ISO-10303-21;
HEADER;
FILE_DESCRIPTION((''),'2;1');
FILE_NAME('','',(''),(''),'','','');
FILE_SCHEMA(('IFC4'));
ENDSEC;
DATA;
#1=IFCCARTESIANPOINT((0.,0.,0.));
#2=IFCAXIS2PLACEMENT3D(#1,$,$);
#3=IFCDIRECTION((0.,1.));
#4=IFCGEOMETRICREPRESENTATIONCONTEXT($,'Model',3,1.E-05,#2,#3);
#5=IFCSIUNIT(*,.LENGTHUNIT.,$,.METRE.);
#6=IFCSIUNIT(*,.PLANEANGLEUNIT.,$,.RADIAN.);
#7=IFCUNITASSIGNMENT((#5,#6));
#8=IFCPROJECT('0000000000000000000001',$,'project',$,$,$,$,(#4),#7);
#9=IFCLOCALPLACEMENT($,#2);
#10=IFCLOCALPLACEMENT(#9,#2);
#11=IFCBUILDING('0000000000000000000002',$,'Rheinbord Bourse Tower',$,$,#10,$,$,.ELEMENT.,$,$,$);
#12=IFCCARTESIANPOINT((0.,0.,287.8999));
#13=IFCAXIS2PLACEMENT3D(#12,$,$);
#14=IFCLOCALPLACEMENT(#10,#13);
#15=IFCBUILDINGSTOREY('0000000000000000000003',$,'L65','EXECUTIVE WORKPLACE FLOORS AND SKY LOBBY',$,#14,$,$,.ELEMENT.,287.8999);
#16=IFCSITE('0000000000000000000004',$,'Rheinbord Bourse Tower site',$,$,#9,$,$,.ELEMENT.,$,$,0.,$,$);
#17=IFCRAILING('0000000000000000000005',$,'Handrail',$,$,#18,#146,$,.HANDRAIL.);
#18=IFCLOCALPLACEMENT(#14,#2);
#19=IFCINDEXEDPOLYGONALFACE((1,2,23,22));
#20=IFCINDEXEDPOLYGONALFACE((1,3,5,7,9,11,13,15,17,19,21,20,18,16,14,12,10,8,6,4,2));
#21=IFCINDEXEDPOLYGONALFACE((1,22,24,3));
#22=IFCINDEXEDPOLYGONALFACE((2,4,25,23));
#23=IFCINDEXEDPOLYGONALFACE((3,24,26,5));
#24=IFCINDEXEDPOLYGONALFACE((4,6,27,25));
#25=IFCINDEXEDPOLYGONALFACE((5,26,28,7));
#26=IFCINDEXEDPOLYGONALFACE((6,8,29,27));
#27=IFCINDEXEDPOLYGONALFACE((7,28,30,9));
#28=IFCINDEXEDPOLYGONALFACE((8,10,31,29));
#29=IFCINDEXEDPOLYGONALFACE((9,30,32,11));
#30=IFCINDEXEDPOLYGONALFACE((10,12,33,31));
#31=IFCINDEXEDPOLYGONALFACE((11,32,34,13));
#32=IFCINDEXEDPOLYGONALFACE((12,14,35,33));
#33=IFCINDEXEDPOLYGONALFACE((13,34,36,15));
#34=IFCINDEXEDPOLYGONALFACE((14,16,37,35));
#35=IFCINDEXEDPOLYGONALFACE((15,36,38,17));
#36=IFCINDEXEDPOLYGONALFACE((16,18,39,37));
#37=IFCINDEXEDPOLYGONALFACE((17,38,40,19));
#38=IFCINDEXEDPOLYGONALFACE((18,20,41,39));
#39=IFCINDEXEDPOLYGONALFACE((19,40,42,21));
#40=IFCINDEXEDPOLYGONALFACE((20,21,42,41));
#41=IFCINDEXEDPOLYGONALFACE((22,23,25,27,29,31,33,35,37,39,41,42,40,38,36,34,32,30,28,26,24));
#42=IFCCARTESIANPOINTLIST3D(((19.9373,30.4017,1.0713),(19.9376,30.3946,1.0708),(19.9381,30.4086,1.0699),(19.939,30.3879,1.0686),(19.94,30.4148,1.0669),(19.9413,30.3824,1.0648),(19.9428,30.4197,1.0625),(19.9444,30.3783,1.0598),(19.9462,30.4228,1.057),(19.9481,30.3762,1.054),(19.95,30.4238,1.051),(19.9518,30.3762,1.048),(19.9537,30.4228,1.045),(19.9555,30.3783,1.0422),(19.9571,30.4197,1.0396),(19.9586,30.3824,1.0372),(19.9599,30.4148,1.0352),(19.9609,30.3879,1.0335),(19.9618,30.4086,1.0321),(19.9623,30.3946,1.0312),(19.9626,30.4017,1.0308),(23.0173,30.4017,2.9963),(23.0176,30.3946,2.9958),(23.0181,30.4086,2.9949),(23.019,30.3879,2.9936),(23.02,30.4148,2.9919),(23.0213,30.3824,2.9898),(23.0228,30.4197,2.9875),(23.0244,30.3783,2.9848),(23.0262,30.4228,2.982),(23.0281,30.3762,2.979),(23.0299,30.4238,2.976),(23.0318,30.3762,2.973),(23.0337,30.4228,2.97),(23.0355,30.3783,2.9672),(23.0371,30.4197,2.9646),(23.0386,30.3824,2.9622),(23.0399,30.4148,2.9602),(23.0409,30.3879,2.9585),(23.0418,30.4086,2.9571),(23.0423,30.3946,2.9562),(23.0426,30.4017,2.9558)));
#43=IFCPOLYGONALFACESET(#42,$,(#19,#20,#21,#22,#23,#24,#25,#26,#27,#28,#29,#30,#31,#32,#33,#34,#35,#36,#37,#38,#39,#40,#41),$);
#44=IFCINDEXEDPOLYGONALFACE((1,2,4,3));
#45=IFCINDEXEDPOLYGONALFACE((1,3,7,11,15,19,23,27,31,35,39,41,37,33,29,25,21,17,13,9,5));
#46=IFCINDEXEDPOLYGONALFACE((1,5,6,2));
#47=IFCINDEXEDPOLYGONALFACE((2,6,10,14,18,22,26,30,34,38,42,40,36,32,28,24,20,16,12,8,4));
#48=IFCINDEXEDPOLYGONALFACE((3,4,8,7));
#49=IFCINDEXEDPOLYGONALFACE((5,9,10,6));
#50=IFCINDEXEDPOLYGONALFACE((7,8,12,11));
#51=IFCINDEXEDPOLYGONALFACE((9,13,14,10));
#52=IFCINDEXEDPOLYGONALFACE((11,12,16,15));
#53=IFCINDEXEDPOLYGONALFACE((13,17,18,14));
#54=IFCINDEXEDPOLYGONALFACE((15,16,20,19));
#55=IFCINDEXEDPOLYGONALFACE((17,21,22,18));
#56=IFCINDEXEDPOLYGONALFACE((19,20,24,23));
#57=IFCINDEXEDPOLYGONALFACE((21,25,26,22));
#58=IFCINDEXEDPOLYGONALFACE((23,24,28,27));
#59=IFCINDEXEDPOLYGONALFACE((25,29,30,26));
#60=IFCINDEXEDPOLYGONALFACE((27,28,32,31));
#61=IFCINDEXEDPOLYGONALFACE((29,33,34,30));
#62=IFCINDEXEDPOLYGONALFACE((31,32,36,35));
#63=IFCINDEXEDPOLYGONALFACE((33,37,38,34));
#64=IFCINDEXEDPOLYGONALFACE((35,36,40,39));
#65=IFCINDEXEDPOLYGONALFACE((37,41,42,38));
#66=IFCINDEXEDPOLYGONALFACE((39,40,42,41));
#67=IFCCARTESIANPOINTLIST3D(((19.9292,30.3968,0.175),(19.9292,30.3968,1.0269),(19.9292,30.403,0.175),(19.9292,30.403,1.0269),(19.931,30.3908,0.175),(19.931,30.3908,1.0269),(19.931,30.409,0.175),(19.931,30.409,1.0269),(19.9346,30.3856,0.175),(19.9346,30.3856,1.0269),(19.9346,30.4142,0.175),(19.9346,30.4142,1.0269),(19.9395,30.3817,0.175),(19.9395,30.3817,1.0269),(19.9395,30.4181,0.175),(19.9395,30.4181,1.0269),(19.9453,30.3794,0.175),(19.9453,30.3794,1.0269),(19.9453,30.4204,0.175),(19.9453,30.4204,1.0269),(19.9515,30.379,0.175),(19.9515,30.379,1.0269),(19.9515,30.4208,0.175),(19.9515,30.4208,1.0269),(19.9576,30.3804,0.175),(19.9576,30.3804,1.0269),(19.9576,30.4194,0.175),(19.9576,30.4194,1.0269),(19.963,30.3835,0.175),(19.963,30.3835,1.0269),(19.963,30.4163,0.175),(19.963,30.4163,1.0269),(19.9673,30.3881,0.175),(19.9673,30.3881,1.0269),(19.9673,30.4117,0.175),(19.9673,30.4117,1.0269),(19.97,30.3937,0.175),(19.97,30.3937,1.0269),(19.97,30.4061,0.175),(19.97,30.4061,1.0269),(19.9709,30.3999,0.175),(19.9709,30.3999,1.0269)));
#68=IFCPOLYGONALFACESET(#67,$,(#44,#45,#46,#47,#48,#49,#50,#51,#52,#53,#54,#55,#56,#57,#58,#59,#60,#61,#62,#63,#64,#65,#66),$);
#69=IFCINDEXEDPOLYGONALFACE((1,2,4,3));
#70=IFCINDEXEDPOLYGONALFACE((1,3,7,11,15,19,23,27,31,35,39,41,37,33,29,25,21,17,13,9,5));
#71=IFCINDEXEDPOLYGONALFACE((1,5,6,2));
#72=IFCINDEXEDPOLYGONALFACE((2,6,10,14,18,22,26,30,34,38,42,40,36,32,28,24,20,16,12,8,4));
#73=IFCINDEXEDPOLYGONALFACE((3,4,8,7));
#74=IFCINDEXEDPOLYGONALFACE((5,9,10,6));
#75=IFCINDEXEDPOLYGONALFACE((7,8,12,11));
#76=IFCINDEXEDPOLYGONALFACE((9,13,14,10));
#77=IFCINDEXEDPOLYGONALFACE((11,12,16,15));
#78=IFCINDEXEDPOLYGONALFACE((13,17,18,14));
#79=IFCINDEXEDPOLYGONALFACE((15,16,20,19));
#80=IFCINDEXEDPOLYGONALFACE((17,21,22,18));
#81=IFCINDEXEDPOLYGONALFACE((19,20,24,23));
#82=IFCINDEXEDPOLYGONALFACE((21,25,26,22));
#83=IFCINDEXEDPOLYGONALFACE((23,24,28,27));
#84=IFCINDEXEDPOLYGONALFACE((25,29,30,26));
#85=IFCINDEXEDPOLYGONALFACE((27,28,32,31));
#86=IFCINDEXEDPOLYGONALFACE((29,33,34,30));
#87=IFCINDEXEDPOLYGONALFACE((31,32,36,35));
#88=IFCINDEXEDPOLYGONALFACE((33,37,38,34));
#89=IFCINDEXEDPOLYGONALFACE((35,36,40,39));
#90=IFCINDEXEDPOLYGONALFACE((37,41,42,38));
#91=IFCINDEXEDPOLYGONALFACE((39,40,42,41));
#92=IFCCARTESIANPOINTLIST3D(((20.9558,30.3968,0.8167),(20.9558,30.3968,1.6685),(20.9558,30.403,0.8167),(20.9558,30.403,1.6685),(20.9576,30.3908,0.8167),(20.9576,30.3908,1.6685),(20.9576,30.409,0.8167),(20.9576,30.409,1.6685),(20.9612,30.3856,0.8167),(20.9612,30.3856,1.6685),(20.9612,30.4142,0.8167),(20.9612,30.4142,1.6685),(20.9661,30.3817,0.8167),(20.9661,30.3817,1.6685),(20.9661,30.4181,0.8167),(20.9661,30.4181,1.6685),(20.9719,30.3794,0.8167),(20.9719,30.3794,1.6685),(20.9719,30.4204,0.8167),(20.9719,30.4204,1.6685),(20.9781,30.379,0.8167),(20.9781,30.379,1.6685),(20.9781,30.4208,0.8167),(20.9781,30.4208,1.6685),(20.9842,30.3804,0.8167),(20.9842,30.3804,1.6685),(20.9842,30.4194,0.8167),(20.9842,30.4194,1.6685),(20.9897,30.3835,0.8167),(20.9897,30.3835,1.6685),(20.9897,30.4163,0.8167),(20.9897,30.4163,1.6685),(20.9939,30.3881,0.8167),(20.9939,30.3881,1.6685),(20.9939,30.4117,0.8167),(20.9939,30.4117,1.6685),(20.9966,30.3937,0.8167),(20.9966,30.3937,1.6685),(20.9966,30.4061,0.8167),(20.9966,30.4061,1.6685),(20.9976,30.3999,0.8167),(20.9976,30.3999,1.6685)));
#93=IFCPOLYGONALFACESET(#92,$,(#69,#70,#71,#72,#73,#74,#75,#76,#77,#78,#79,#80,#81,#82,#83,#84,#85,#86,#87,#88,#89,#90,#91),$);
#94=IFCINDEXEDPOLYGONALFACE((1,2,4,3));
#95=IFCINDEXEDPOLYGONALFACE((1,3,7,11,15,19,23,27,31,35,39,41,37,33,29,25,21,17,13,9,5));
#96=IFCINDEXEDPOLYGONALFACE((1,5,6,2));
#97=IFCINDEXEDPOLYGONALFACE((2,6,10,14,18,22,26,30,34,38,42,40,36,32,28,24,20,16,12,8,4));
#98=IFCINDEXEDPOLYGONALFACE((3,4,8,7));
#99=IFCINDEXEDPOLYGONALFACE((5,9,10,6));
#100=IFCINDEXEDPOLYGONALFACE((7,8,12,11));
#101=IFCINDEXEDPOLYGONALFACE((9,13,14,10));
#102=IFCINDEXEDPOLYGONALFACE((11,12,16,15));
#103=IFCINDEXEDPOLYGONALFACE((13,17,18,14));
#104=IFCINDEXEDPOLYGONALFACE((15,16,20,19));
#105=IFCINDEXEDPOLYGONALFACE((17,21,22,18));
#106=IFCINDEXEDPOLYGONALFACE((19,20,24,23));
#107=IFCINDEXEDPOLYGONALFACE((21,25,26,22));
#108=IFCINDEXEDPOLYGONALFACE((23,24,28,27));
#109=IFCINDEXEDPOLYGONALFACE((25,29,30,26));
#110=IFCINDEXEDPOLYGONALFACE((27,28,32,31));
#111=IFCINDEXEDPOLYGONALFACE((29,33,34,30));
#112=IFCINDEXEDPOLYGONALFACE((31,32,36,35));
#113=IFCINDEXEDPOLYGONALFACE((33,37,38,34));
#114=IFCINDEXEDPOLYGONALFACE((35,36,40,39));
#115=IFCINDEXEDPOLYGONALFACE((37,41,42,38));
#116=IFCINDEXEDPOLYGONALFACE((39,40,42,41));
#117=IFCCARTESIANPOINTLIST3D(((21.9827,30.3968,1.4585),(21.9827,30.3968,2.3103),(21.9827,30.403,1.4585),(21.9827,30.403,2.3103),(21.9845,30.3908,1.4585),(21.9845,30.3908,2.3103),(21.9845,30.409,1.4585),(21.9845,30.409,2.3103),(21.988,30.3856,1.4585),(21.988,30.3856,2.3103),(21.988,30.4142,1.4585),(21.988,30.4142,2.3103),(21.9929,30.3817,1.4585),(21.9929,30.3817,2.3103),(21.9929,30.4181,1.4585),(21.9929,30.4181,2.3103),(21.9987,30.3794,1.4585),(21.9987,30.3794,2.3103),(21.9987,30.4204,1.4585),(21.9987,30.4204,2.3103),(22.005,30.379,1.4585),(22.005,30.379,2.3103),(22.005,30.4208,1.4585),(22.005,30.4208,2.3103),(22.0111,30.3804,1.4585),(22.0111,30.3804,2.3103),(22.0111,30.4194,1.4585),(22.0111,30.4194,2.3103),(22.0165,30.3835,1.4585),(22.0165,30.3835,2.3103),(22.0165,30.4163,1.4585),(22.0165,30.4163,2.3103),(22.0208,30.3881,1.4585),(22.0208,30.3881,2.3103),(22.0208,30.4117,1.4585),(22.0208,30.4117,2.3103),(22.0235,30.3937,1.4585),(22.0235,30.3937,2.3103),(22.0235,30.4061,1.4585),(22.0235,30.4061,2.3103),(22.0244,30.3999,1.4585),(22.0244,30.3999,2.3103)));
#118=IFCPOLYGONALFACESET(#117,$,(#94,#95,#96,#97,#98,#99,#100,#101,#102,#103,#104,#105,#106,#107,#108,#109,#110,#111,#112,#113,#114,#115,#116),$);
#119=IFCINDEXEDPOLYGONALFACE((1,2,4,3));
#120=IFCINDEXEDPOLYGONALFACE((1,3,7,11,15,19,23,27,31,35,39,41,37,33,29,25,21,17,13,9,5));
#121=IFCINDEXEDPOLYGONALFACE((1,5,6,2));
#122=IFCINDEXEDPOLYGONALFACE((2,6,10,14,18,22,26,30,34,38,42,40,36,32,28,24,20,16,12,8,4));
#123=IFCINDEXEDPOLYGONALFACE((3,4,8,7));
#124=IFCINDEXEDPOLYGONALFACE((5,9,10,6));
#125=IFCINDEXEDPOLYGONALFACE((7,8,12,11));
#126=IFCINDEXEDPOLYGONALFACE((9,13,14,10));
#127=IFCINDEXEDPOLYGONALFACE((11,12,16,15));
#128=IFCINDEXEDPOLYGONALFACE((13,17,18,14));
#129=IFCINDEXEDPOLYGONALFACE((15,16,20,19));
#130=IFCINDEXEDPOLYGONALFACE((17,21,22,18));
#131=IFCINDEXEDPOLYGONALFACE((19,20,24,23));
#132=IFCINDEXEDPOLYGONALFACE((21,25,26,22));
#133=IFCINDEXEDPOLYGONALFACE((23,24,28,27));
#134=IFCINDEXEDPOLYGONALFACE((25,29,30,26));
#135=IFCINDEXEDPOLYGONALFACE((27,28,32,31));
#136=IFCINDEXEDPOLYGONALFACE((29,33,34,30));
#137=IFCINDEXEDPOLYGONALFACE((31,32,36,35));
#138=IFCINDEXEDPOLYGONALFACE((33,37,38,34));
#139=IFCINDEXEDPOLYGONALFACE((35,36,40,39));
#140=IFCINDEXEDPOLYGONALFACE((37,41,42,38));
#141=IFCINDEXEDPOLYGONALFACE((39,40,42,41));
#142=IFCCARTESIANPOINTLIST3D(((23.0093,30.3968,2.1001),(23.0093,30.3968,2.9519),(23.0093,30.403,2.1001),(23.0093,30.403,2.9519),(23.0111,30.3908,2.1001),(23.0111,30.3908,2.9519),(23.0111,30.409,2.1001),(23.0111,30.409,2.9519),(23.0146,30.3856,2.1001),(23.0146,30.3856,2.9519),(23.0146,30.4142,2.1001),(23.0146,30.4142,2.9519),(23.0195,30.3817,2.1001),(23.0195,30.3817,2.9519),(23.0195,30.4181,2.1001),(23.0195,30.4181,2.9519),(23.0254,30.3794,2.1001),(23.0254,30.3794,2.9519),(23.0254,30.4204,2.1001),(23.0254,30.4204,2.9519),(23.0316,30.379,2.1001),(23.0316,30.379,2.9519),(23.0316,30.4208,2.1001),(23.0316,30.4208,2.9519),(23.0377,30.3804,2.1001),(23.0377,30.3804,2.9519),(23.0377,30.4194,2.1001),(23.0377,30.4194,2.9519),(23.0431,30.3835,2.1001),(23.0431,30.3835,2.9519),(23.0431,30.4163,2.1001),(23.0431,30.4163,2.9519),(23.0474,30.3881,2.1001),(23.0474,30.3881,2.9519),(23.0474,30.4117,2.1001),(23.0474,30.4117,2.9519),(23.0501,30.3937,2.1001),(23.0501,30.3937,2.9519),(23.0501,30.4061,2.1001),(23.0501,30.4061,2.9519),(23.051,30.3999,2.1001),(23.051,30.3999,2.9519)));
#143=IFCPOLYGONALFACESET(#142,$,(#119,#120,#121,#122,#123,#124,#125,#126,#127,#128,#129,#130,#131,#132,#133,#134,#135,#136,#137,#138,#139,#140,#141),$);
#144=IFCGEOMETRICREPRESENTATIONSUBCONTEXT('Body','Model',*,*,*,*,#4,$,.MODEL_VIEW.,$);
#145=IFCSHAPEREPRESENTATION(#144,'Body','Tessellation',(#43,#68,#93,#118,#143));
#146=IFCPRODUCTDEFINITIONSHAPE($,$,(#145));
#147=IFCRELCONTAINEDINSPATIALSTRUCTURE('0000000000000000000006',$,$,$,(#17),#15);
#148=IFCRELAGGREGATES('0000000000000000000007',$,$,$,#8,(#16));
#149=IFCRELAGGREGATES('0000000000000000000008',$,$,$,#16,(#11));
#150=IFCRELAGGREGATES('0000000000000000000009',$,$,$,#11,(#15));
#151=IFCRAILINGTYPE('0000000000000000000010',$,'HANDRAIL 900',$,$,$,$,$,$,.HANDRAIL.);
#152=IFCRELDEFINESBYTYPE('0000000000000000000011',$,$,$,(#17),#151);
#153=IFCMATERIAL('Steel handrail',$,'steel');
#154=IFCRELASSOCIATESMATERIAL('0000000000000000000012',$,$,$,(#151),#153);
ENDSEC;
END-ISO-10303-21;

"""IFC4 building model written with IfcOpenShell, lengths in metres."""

from ifc_helpers import new_model, si_unit, direction, frame, origin, origin_2d, place, context, subcontext, project, spatial, circle, extrude, material, type_object, element, save


model = new_model("IFC4")

# Units and contexts
model_context = context("Model", 3, precision=1e-05, world=origin(), true_north=direction((0.0, 1.0)))
body_context = subcontext(model_context, "Body", "Model", "MODEL_VIEW")
ifc_project = project(units=[si_unit("LENGTHUNIT", "METRE"), si_unit("PLANEANGLEUNIT", "RADIAN")], contexts=[model_context])

# Site, building, storey
site_placement = place(None, origin())
site = spatial("IfcSite", under=ifc_project, at=site_placement, Name="Rheinbord Bourse Tower site", CompositionType="ELEMENT", RefElevation=0.0)
building_placement = place(site_placement, origin())
building = spatial("IfcBuilding", under=site, at=building_placement, Name="Rheinbord Bourse Tower", CompositionType="ELEMENT")
storey_placement = place(building_placement, frame((0.0, 0.0, 287.8999)))
storey = spatial("IfcBuildingStorey", under=building, at=storey_placement, Name="L65", Description="EXECUTIVE WORKPLACE FLOORS AND SKY LOBBY", CompositionType="ELEMENT", Elevation=287.8999)

# Railing
ifc_material_1 = material(Name="Steel handrail", Category="steel")
railing_type = type_object("IfcRailingType", Name="HANDRAIL 900", PredefinedType="HANDRAIL", material=ifc_material_1)
railing_1_placement = place(storey_placement, frame((19.95, 30.3999, 0.175)))
element("IfcRailing", 1, at=railing_1_placement, inside=storey, type_object=railing_type, Name="Handrail", PredefinedType="HANDRAIL", context=body_context, shape_type="SweptSolid", body=[
    extrude(circle(Radius=0.0239, at=origin_2d()), frame((0.0, 0.0, 0.876), z_axis=(0.847998, 0.0, 0.529999), x_axis=(0.0, 1.0, 0.0)), (0.0, 0.0, 1.0), 3.6321),
    extrude(circle(Radius=0.021, at=origin_2d()), origin(), (0.0, 0.0, 1.0), 0.8518),
    extrude(circle(Radius=0.021, at=origin_2d()), frame((1.0266, 0.0, 0.6416)), (0.0, 0.0, 1.0), 0.8518),
    extrude(circle(Radius=0.021, at=origin_2d()), frame((2.0535, 0.0, 1.2834)), (0.0, 0.0, 1.0), 0.8518),
    extrude(circle(Radius=0.021, at=origin_2d()), frame((3.0801, 0.0, 1.925)), (0.0, 0.0, 1.0), 0.8518),
])

save(model, "model.ifc")
